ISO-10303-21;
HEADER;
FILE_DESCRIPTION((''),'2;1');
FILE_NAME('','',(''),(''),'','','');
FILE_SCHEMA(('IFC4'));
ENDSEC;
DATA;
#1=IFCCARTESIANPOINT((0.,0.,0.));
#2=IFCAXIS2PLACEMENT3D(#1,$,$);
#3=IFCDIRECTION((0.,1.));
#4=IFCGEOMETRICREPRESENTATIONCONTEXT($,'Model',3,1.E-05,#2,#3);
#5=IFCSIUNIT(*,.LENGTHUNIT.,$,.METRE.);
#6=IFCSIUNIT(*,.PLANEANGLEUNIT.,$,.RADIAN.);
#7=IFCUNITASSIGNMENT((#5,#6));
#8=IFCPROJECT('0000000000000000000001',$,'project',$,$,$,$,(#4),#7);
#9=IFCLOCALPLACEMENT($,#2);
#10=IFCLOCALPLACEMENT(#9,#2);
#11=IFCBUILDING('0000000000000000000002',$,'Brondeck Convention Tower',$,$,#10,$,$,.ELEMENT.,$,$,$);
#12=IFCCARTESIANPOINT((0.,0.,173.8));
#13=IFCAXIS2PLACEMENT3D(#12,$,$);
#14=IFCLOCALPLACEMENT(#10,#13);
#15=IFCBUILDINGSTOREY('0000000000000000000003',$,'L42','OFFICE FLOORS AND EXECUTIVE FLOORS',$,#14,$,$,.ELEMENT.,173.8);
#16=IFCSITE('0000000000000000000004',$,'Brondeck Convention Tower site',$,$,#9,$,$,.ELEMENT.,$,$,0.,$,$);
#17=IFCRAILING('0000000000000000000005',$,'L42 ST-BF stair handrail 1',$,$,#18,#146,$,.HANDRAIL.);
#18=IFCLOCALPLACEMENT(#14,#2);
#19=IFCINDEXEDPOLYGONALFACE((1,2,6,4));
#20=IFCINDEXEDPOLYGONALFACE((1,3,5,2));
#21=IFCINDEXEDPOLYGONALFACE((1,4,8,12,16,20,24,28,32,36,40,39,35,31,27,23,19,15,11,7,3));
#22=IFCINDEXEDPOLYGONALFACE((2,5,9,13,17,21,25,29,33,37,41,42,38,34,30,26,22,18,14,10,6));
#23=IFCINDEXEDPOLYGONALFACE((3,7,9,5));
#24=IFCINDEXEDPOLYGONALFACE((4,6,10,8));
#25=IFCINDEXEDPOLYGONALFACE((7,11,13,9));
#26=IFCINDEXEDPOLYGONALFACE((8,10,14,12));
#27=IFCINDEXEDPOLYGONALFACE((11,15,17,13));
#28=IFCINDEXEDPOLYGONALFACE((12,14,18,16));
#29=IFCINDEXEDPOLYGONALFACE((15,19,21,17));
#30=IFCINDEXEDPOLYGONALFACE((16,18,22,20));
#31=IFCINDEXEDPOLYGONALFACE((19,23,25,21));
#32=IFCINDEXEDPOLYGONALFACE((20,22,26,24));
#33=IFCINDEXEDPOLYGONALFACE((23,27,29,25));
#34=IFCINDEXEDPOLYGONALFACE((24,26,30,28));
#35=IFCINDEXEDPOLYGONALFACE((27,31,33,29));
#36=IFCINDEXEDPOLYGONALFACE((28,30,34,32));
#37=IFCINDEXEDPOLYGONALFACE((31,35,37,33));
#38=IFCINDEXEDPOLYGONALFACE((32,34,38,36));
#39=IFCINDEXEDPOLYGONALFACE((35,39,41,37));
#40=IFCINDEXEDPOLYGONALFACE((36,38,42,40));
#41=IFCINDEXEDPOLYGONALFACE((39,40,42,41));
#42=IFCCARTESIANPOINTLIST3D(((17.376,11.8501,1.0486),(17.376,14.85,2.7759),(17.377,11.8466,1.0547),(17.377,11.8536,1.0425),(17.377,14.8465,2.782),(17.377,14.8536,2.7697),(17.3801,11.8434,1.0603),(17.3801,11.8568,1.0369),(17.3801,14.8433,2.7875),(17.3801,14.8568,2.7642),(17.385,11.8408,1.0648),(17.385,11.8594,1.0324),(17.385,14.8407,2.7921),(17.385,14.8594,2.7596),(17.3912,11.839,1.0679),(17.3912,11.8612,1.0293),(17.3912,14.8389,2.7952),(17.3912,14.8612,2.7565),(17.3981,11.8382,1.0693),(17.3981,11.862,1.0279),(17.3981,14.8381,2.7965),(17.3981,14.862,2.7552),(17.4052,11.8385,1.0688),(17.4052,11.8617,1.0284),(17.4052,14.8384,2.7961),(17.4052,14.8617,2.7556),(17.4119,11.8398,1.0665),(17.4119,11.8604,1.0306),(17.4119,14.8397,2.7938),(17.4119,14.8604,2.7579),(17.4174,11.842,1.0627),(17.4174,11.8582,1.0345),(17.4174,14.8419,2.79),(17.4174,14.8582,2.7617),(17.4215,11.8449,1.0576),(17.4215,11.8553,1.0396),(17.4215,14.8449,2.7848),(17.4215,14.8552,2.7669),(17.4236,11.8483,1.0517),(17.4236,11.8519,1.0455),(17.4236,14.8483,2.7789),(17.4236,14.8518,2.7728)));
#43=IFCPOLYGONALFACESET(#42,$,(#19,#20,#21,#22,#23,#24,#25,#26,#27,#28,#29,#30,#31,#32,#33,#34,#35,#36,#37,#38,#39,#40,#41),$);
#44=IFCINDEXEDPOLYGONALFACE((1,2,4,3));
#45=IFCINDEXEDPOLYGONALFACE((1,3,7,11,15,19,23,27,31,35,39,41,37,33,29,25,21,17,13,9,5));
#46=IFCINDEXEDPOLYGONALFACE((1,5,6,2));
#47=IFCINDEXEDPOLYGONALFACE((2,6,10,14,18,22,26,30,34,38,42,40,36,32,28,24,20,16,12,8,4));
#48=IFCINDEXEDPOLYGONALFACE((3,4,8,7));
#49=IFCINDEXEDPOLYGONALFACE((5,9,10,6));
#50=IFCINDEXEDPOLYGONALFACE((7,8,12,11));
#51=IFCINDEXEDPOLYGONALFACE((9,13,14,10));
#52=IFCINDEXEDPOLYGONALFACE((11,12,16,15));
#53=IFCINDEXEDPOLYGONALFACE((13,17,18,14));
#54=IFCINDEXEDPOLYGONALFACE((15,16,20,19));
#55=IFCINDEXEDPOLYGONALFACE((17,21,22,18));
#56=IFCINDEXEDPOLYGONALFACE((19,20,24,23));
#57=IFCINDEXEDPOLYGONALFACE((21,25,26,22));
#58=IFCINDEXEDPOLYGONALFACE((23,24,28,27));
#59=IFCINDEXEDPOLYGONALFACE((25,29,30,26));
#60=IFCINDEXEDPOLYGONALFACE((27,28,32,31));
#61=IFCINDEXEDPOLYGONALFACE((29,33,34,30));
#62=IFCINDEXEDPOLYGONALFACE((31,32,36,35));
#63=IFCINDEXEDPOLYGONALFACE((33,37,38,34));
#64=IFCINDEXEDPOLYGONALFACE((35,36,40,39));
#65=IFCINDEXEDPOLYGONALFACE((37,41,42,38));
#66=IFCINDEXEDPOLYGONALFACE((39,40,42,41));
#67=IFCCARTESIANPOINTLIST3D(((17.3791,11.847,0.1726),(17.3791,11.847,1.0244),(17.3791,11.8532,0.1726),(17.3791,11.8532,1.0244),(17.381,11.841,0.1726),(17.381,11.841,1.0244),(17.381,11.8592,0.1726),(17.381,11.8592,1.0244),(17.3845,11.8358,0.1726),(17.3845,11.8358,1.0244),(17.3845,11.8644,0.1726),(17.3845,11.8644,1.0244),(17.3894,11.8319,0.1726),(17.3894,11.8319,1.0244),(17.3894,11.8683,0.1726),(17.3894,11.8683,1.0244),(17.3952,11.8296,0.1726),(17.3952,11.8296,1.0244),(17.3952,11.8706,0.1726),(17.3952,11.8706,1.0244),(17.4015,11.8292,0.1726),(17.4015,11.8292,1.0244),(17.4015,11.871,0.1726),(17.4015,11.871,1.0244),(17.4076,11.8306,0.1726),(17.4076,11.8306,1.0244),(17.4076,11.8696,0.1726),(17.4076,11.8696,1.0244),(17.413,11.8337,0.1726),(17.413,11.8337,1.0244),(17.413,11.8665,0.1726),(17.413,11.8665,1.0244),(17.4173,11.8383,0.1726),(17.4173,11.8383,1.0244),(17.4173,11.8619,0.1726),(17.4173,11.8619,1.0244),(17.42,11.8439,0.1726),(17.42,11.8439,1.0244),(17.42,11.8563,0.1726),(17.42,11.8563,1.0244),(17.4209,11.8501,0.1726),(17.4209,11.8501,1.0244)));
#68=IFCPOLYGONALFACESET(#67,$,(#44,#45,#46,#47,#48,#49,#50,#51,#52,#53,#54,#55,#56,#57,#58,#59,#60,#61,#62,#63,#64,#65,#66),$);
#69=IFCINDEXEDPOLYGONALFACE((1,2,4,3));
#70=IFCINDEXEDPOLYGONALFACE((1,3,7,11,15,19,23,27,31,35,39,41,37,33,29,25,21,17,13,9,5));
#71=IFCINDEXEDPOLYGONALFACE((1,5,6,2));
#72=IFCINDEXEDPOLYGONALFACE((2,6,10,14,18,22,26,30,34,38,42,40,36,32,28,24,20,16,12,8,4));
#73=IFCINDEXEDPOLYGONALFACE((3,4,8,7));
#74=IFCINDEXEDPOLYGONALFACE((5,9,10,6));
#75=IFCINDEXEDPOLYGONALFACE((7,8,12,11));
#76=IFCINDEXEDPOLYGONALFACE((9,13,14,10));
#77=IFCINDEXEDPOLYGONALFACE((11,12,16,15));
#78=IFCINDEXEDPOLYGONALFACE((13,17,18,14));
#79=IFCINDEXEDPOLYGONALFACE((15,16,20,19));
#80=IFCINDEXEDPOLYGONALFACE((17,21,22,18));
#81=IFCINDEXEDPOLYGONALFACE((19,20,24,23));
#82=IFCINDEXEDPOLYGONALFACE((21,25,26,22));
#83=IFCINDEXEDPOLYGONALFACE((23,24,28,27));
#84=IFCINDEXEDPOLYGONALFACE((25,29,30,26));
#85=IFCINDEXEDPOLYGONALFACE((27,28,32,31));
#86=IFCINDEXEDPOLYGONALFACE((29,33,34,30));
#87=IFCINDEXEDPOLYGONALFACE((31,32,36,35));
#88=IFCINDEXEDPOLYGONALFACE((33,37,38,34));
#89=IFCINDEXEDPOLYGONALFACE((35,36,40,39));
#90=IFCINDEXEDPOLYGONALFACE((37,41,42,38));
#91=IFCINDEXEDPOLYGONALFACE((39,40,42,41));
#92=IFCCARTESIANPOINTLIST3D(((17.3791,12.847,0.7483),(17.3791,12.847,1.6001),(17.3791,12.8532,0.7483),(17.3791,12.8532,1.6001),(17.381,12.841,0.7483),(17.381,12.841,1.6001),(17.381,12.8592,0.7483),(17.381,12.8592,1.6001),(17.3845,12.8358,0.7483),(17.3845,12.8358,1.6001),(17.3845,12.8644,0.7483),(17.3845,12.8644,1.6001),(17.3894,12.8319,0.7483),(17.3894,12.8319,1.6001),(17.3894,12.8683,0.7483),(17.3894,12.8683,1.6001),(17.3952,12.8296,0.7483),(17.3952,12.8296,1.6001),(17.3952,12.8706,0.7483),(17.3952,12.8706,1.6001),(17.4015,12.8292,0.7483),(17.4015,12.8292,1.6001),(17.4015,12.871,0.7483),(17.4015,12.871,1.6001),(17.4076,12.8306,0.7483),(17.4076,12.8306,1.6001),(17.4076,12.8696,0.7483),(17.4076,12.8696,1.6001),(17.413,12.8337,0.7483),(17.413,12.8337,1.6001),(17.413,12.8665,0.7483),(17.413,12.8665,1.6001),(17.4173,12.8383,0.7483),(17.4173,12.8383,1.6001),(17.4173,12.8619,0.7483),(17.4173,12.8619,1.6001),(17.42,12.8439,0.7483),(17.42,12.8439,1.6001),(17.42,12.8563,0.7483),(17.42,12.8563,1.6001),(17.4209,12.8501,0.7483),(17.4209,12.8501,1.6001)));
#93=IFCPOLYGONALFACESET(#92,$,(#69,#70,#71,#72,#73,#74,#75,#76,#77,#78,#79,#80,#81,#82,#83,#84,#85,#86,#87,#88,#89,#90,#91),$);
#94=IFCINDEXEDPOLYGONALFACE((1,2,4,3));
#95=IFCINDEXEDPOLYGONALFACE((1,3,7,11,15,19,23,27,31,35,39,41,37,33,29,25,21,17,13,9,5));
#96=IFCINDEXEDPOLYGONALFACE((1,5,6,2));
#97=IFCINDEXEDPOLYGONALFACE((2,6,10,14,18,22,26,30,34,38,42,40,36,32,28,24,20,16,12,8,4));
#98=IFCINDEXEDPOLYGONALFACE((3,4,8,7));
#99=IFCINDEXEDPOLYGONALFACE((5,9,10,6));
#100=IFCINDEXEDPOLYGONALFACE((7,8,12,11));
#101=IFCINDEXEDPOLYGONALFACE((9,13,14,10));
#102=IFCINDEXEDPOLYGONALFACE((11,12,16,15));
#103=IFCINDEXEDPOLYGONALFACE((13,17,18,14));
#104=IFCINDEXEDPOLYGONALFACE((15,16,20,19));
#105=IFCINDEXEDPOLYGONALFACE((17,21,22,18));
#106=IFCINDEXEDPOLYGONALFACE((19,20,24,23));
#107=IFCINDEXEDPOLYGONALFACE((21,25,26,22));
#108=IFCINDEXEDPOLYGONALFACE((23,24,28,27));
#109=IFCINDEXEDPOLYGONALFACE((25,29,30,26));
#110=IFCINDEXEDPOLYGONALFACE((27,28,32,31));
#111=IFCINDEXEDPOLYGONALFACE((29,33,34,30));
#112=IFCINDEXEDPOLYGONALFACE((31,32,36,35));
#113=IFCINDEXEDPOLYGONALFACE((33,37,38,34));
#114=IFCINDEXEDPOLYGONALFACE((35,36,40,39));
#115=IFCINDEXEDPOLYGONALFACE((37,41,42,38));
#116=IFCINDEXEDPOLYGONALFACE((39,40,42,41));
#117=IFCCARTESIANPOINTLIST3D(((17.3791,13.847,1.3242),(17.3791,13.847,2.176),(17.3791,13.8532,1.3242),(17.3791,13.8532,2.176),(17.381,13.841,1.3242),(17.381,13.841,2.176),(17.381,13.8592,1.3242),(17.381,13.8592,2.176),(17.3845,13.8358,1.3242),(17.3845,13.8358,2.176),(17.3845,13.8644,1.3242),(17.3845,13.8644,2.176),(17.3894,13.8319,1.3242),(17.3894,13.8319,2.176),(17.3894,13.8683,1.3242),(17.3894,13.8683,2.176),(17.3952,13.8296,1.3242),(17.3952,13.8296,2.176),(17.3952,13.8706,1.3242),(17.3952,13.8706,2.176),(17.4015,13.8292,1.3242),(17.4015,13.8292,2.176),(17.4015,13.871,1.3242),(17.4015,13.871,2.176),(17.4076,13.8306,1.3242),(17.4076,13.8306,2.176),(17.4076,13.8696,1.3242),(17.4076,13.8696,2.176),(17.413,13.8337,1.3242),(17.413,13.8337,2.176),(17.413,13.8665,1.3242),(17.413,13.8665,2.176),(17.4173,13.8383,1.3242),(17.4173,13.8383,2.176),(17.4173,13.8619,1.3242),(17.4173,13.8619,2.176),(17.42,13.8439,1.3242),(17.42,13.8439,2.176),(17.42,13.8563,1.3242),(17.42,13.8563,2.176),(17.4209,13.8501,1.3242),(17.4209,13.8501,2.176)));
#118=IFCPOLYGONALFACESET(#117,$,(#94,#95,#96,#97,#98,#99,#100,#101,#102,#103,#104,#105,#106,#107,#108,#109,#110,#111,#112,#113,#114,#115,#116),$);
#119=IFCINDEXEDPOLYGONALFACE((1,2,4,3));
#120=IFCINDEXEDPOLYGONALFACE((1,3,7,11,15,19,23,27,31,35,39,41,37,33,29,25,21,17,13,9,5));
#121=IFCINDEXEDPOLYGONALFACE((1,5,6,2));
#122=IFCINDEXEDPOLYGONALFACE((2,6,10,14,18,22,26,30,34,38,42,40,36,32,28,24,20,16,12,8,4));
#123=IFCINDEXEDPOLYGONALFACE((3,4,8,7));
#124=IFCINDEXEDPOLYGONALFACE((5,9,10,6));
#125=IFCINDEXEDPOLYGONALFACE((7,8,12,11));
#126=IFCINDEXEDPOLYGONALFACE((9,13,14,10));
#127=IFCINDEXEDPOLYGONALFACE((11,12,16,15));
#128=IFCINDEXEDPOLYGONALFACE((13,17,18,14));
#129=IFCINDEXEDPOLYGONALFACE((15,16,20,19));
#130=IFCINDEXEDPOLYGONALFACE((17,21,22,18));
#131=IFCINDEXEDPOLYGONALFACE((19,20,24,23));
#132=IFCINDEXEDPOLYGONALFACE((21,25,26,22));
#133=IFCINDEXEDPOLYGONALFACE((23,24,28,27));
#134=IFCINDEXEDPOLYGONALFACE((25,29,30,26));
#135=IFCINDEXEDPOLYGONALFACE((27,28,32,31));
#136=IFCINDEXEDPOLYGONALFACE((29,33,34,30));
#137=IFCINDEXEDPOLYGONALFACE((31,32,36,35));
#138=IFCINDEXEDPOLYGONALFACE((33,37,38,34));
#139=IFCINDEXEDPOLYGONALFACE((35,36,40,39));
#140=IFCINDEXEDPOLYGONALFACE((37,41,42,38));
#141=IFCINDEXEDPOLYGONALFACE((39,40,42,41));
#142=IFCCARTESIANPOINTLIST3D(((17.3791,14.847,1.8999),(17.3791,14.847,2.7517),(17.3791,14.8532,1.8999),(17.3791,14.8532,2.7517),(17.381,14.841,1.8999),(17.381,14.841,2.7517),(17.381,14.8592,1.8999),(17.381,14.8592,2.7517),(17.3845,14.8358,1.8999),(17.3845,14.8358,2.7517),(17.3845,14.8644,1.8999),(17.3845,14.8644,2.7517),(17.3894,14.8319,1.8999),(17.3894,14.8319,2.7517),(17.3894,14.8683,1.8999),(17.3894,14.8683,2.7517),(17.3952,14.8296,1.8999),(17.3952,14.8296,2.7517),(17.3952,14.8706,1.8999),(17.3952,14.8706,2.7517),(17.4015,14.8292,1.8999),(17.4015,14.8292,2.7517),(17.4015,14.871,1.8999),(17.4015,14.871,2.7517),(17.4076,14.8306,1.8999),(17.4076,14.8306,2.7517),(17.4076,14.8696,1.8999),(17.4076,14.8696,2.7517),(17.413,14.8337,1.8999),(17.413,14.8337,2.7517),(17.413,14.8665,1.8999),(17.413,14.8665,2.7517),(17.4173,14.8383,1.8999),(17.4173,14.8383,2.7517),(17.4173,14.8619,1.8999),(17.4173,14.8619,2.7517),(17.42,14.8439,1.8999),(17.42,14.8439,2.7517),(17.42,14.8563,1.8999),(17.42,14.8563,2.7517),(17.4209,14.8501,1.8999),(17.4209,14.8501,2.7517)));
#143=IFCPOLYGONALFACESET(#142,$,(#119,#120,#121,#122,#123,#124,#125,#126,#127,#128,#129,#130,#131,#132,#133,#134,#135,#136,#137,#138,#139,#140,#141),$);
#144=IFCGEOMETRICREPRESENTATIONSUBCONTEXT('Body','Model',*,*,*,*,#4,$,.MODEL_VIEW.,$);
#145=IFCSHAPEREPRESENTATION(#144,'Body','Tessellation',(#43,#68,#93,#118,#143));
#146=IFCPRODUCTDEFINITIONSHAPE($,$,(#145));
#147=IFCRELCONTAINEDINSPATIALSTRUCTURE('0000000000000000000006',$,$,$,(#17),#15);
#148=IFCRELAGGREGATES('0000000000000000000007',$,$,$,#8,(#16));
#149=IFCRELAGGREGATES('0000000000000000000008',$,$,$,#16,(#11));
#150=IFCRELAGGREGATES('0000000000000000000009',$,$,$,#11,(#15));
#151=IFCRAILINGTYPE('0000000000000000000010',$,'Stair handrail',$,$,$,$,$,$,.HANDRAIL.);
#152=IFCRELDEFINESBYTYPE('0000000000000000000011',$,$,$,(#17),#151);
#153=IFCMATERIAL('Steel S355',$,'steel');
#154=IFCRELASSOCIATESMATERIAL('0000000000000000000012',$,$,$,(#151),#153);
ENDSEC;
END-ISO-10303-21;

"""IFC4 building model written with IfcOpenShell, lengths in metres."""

from ifc_helpers import new_model, si_unit, direction, frame, origin, origin_2d, place, context, subcontext, project, spatial, circle, extrude, material, type_object, element, save


model = new_model("IFC4")

# Units and contexts
model_context = context("Model", 3, precision=1e-05, world=origin(), true_north=direction((0.0, 1.0)))
body_context = subcontext(model_context, "Body", "Model", "MODEL_VIEW")
ifc_project = project(units=[si_unit("LENGTHUNIT", "METRE"), si_unit("PLANEANGLEUNIT", "RADIAN")], contexts=[model_context])

# Site, building, storey
site_placement = place(None, origin())
site = spatial("IfcSite", under=ifc_project, at=site_placement, Name="Brondeck Convention Tower site", CompositionType="ELEMENT", RefElevation=0.0)
building_placement = place(site_placement, origin())
building = spatial("IfcBuilding", under=site, at=building_placement, Name="Brondeck Convention Tower", CompositionType="ELEMENT")
storey_placement = place(building_placement, frame((0.0, 0.0, 173.8)))
storey = spatial("IfcBuildingStorey", under=building, at=storey_placement, Name="L42", Description="OFFICE FLOORS AND EXECUTIVE FLOORS", CompositionType="ELEMENT", Elevation=173.8)

# Shared definitions
ifc_material_1 = material(Name="Steel S355", Category="steel")

# Railing
railing_type_1 = type_object("IfcRailingType", Name="Stair handrail", PredefinedType="HANDRAIL", material=ifc_material_1)
railing_1_placement = place(storey_placement, frame((17.3999, 11.8501, 0.1726)))
element("IfcRailing", 1, at=railing_1_placement, inside=storey, type_object=railing_type_1, Name="L42 ST-BF stair handrail 1", PredefinedType="HANDRAIL", context=body_context, shape_type="SweptSolid", body=[
    extrude(circle(Radius=0.0239, at=origin_2d()), frame((0.0, 0.0, 0.876), z_axis=(0.0, 0.86662, 0.498969), x_axis=(-1.0, 0.0, 0.0)), (0.0, 0.0, 1.0), 3.4617),
    extrude(circle(Radius=0.021, at=origin_2d()), origin(), (0.0, 0.0, 1.0), 0.8518),
    extrude(circle(Radius=0.021, at=origin_2d()), frame((0.0, 1.0, 0.5757)), (0.0, 0.0, 1.0), 0.8518),
    extrude(circle(Radius=0.021, at=origin_2d()), frame((0.0, 2.0, 1.1516)), (0.0, 0.0, 1.0), 0.8518),
    extrude(circle(Radius=0.021, at=origin_2d()), frame((0.0, 3.0, 1.7273)), (0.0, 0.0, 1.0), 0.8518),
])

save(model, "model.ifc")
